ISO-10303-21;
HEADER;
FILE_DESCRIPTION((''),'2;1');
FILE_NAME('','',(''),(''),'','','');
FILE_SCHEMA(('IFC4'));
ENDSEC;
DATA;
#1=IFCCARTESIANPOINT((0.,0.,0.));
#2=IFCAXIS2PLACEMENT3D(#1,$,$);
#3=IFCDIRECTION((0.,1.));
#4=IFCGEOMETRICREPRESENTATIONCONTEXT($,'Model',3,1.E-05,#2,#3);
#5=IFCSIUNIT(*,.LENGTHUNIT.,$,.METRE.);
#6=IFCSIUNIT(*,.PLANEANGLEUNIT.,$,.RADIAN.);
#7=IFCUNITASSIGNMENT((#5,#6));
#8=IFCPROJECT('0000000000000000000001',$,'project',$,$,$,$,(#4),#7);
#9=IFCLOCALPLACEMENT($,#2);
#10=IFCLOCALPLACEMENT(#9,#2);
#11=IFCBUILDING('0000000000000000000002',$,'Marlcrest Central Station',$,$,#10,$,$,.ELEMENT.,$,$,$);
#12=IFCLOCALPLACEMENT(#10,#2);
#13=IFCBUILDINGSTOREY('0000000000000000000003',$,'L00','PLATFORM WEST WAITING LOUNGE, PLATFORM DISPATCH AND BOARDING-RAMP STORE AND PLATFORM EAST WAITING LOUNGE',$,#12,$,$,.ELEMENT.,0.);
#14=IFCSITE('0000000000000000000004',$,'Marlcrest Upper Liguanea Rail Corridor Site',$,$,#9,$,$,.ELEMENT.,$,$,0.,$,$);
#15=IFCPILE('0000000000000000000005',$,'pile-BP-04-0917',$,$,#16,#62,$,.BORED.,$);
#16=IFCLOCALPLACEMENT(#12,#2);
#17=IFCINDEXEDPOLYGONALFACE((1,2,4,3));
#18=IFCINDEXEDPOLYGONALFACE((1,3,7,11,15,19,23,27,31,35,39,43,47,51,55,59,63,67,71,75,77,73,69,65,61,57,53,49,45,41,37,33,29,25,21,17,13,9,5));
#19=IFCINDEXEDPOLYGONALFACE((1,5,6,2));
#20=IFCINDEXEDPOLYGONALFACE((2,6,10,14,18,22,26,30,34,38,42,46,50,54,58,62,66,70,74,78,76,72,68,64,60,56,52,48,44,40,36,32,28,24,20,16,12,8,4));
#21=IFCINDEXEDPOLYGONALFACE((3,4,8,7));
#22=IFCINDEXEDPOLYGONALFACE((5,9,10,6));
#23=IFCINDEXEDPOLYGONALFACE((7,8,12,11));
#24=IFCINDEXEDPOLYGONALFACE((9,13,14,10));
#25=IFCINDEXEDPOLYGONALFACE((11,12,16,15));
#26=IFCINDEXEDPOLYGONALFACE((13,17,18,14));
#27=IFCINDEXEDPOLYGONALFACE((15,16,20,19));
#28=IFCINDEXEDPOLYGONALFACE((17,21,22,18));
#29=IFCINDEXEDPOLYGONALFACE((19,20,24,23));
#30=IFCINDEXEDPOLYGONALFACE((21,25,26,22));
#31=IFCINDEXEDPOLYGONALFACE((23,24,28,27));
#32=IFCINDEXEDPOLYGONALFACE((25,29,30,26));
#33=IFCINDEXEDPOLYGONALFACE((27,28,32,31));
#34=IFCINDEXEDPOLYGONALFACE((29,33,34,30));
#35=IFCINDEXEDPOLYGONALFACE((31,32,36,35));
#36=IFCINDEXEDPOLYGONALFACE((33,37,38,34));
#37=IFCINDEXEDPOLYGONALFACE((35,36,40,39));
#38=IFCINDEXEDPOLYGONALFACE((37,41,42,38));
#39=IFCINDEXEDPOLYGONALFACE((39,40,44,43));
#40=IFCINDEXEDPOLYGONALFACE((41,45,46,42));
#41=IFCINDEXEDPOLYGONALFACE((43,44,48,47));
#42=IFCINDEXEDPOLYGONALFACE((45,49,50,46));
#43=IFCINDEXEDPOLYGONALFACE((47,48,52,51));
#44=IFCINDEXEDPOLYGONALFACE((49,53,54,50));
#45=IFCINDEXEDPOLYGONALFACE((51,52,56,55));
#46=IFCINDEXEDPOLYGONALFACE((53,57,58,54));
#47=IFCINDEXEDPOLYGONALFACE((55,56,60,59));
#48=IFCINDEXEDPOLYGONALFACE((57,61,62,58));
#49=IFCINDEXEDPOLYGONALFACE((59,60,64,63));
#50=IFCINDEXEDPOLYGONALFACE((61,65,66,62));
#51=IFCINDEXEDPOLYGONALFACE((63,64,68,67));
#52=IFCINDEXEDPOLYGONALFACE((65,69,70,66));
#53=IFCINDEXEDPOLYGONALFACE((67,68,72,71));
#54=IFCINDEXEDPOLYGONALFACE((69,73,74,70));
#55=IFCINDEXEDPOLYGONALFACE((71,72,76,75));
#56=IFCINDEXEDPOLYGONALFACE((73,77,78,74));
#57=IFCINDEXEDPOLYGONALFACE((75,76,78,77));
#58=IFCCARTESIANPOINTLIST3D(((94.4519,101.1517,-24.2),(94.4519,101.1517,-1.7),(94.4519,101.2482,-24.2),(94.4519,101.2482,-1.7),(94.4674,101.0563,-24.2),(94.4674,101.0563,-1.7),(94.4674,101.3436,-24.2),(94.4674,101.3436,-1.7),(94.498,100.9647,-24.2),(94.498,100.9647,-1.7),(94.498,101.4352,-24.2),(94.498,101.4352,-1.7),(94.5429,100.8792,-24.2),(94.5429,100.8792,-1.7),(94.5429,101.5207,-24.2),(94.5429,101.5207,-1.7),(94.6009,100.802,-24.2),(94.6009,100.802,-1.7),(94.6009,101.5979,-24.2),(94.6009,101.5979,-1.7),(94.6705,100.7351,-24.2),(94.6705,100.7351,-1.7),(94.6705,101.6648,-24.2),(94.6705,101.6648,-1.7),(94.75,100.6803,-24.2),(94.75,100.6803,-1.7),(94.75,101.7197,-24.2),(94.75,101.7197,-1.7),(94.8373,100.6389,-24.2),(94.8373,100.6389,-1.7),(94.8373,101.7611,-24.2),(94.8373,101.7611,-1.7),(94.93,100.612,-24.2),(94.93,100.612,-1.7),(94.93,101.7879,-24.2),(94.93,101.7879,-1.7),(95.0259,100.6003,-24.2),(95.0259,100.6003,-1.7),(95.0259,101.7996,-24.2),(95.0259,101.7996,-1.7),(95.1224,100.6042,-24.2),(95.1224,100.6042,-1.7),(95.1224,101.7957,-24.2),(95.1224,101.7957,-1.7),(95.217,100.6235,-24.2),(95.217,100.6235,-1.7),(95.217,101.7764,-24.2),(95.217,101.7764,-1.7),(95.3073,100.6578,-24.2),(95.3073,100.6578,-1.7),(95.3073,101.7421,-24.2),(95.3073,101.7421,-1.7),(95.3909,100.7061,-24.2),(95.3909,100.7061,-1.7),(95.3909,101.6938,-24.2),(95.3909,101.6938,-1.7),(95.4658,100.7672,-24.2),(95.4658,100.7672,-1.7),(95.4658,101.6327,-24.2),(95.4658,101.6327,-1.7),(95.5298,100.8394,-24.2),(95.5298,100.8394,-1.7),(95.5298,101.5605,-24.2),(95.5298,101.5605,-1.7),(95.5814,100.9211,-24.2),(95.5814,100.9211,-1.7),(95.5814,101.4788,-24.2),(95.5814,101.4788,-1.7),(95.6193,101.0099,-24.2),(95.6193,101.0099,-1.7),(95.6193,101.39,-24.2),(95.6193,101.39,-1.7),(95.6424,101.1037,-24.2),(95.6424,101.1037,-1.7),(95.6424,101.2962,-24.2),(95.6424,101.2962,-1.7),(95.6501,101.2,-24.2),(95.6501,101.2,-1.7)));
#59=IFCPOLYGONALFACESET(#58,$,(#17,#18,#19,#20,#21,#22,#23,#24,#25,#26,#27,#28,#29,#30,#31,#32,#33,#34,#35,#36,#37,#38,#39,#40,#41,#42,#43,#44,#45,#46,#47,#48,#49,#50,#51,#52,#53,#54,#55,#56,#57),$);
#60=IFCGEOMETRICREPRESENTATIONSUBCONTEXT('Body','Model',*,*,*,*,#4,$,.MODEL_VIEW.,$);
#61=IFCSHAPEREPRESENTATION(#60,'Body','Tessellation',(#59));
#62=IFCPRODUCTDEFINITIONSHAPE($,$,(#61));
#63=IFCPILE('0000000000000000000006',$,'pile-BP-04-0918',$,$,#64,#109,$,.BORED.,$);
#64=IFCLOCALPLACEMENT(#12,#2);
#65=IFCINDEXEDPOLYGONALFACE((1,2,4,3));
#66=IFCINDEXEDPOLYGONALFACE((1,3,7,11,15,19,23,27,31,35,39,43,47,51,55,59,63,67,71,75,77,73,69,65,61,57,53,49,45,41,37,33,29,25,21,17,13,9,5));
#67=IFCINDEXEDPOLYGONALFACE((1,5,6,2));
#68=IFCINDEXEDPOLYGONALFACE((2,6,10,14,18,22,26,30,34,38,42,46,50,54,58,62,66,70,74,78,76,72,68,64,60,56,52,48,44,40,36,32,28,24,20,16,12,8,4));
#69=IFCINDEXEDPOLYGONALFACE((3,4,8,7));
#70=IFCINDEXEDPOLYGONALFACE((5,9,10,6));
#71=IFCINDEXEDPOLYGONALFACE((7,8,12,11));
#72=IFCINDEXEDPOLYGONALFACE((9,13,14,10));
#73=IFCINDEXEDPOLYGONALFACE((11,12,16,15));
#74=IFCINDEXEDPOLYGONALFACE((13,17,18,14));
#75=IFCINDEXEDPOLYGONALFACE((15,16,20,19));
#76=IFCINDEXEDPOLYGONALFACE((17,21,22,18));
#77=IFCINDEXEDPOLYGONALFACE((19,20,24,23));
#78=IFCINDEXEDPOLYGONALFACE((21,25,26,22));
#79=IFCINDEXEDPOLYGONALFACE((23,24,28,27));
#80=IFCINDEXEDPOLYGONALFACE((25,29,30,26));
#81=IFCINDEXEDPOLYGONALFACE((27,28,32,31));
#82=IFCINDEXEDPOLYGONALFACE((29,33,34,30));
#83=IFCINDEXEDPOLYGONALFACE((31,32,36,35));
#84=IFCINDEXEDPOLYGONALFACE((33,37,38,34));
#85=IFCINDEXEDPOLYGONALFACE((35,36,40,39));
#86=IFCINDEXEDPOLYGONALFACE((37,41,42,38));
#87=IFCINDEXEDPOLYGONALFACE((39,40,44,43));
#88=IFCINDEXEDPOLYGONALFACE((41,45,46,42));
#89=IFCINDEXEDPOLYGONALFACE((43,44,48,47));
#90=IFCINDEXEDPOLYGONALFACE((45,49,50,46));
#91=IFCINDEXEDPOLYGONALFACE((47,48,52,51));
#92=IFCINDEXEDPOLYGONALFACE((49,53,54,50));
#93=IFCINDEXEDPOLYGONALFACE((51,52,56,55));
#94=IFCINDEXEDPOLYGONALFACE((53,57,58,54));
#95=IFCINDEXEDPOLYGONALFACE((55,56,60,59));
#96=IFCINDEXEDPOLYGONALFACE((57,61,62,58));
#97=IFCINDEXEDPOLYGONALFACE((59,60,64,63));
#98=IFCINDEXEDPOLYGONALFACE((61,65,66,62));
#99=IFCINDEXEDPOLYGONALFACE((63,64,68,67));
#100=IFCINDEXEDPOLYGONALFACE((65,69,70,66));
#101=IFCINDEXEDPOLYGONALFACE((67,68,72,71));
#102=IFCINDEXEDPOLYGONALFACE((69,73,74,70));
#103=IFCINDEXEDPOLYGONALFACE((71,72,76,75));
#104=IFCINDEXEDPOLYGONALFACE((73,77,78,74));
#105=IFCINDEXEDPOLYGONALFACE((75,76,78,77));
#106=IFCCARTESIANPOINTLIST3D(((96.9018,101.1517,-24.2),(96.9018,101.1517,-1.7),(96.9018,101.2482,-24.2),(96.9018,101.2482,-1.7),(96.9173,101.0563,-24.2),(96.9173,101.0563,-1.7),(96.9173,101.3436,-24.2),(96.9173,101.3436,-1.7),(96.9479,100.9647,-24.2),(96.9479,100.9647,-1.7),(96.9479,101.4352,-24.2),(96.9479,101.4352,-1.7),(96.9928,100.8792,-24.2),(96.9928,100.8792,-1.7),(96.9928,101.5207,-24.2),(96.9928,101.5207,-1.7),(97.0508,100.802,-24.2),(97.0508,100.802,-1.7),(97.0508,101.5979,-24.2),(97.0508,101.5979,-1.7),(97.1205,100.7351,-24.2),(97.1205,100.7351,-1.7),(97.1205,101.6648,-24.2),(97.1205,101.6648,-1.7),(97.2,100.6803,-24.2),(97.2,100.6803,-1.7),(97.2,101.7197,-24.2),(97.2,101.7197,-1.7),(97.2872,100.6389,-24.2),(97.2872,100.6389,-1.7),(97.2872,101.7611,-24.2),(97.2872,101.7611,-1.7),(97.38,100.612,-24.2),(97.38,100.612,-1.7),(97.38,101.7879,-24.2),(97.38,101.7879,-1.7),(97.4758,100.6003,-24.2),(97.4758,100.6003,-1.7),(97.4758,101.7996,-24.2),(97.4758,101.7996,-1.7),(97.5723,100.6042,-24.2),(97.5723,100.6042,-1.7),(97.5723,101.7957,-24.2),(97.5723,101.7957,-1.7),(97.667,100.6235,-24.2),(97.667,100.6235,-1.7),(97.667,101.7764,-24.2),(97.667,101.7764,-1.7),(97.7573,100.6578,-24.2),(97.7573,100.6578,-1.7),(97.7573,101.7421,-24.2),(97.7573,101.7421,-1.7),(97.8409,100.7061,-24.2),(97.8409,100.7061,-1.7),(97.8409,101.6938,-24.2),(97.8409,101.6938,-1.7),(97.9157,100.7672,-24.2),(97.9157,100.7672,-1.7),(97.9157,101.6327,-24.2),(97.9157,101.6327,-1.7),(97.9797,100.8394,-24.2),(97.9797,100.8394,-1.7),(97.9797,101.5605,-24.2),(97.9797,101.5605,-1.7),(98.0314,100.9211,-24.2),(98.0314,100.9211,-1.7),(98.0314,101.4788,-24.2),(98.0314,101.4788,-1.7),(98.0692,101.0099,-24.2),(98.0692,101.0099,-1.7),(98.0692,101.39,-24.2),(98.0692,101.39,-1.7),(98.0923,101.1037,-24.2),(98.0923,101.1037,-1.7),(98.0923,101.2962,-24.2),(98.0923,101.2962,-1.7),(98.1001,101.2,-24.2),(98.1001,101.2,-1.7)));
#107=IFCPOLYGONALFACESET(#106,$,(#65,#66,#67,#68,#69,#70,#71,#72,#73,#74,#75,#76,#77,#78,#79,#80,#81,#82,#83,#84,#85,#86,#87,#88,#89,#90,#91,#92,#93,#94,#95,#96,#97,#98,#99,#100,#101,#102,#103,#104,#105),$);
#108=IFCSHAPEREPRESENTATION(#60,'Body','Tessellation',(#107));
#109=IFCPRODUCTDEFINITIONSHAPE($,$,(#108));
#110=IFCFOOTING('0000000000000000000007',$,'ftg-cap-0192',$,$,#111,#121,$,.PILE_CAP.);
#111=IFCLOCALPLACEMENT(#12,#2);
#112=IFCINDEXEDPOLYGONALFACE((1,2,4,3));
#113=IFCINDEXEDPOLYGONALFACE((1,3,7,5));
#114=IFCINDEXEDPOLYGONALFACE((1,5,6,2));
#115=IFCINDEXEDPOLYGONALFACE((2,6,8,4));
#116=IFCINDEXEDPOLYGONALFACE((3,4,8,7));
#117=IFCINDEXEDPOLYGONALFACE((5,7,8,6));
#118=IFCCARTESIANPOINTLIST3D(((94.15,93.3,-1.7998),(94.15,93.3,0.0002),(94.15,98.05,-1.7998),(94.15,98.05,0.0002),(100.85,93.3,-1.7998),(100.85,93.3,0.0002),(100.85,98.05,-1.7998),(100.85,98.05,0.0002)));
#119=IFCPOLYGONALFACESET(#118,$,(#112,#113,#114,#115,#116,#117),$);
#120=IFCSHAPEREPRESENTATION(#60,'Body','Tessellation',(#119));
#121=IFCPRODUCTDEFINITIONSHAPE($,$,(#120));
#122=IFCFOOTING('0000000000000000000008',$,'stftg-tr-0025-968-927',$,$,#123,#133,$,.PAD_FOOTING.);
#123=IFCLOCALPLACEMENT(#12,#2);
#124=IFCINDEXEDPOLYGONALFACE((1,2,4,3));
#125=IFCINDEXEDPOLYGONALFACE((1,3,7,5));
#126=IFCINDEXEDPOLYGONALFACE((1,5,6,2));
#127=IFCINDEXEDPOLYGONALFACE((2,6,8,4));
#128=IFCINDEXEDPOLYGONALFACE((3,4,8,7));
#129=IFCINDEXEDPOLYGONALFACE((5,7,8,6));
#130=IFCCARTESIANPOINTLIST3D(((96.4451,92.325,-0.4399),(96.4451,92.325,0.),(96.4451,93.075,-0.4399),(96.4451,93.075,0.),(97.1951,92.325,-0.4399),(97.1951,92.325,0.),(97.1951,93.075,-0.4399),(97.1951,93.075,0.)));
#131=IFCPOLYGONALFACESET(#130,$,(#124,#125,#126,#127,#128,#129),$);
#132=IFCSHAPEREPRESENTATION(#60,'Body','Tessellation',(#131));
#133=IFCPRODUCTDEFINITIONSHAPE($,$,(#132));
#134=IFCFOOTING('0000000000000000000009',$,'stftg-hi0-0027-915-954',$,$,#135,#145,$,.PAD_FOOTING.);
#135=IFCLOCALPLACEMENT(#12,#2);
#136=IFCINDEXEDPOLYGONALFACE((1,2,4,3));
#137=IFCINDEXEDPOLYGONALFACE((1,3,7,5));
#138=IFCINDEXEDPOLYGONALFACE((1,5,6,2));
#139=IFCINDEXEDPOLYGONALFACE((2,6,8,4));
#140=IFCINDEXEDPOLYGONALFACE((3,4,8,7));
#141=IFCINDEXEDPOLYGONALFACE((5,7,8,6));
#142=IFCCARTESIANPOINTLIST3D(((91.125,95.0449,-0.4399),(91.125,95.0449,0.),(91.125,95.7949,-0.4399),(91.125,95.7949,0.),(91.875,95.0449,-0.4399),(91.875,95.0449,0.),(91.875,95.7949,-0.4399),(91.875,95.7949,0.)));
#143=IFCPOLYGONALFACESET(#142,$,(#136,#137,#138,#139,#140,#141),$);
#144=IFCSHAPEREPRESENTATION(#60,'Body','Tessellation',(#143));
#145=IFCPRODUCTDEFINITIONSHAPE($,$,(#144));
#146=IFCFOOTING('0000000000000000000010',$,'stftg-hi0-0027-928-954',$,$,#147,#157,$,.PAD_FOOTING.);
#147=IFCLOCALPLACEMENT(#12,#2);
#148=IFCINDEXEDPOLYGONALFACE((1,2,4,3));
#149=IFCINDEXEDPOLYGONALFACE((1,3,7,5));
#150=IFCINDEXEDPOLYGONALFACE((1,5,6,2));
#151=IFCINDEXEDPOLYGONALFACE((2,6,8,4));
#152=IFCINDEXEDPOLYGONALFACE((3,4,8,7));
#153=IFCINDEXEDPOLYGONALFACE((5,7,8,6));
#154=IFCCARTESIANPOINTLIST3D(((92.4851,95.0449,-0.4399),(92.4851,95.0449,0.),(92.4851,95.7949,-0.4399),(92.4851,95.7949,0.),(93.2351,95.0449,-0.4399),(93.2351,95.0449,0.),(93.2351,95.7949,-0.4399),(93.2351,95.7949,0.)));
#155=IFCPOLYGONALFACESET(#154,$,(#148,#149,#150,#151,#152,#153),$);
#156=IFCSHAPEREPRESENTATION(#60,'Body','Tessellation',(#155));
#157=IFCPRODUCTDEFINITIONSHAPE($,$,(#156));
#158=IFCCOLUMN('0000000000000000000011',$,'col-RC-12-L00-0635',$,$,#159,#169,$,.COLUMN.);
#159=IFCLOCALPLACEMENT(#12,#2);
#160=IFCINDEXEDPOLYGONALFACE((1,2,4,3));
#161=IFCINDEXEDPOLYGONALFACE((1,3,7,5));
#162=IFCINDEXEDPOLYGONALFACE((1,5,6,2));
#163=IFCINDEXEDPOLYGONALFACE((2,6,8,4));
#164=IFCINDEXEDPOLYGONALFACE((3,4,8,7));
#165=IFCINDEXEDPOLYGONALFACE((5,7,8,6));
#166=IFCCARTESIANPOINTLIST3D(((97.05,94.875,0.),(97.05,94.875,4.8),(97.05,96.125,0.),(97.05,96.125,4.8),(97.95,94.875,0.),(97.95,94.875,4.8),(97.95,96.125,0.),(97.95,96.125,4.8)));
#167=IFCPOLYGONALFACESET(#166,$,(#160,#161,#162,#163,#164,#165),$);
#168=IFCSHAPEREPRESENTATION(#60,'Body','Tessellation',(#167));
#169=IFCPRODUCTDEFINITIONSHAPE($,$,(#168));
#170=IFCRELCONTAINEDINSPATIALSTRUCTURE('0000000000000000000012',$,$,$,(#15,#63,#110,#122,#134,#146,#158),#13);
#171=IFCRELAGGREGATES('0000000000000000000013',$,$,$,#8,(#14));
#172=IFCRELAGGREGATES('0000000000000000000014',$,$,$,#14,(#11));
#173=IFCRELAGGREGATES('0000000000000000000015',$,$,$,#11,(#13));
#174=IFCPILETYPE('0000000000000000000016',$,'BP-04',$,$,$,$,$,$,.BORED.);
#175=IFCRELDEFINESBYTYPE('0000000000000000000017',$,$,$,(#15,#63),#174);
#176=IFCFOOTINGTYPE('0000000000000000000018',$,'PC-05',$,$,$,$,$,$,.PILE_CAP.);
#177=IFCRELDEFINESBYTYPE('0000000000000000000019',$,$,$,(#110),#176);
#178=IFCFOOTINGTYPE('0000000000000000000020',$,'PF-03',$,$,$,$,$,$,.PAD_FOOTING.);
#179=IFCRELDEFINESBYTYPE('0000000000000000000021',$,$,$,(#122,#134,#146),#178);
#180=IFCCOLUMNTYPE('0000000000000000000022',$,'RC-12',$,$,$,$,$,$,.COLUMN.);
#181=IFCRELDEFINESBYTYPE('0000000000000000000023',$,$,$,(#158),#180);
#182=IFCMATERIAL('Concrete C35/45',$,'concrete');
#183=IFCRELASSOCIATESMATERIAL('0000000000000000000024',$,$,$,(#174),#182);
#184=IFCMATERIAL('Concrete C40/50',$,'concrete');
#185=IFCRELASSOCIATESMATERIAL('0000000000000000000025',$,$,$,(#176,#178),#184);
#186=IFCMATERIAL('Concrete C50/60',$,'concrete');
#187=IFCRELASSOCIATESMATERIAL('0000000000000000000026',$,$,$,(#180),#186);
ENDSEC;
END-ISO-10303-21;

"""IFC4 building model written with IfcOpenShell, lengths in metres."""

from ifc_helpers import new_model, si_unit, direction, frame, origin, origin_2d, place, context, subcontext, project, spatial, rectangle, circle, extrude, material, material_profile, profile_set, type_object, element, save


model = new_model("IFC4")

# Units and contexts
model_context = context("Model", 3, precision=1e-05, world=origin(), true_north=direction((0.0, 1.0)))
body_context = subcontext(model_context, "Body", "Model", "MODEL_VIEW")
ifc_project = project(units=[si_unit("LENGTHUNIT", "METRE"), si_unit("PLANEANGLEUNIT", "RADIAN")], contexts=[model_context])

# Site, building, storey
site_placement = place(None, origin())
site = spatial("IfcSite", under=ifc_project, at=site_placement, Name="Marlcrest Upper Liguanea Rail Corridor Site", CompositionType="ELEMENT", RefElevation=0.0)
building_placement = place(site_placement, origin())
building = spatial("IfcBuilding", under=site, at=building_placement, Name="Marlcrest Central Station", CompositionType="ELEMENT")
storey_placement = place(building_placement, origin())
storey = spatial("IfcBuildingStorey", under=building, at=storey_placement, Name="L00", Description="PLATFORM WEST WAITING LOUNGE, PLATFORM DISPATCH AND BOARDING-RAMP STORE AND PLATFORM EAST WAITING LOUNGE", CompositionType="ELEMENT", Elevation=0.0)

# Piles
ifc_material_1 = material(Name="Concrete C35/45", Category="concrete")
ifc_material_profile_1 = material_profile(ifc_material_1, circle(Radius=0.6001, at=origin_2d()), Name="PILE D1200")
ifc_profile_set_1 = profile_set([ifc_material_profile_1], Name="Concrete C35/45")
pile_type = type_object("IfcPileType", Name="BP-04", PredefinedType="BORED", material=ifc_profile_set_1)
for number, where, z_axis, x_axis, name in (
    (1, (95.05, 101.2, -1.7), (0.0, 0.0, -1.0), (1.0, 0.0, 0.0), "pile-BP-04-0917"),
    (2, (97.5, 101.2, -1.7), (0.0, 0.0, -1.0), (1.0, 0.0, 0.0), "pile-BP-04-0918"),
):
    element("IfcPile", number, at=place(storey_placement, frame(where, z_axis=z_axis, x_axis=x_axis)), inside=storey, type_object=pile_type, Name=name, PredefinedType="BORED", context=body_context, shape_type="SweptSolid", body=[
        extrude(circle(Radius=0.6001, at=origin_2d()), origin(), (0.0, 0.0, 1.0), 22.5),
    ])

# Footings
ifc_material_2 = material(Name="Concrete C40/50", Category="concrete")
footing_type_1 = type_object("IfcFootingType", Name="PC-05", PredefinedType="PILE_CAP", material=ifc_material_2)
footing_placement = place(storey_placement, frame((97.5, 95.675, -1.7998), z_axis=(0.0, 0.0, 1.0), x_axis=(1.0, 0.0, 0.0)))
element("IfcFooting", 3, at=footing_placement, inside=storey, type_object=footing_type_1, Name="ftg-cap-0192", PredefinedType="PILE_CAP", context=body_context, shape_type="SweptSolid", body=[
    extrude(rectangle(XDim=6.7, YDim=4.75, at=origin_2d()), origin(), (0.0, 0.0, 1.0), 1.8),
])
footing_type_2 = type_object("IfcFootingType", Name="PF-03", PredefinedType="PAD_FOOTING", material=ifc_material_2)
for number, where, z_axis, x_axis, name in (
    (4, (96.8201, 92.7, -0.4399), (0.0, 0.0, 1.0), (1.0, 0.0, 0.0), "stftg-tr-0025-968-927"),
    (5, (91.5, 95.4199, -0.4399), (0.0, 0.0, 1.0), (1.0, 0.0, 0.0), "stftg-hi0-0027-915-954"),
    (6, (92.8601, 95.4199, -0.4399), (0.0, 0.0, 1.0), (1.0, 0.0, 0.0), "stftg-hi0-0027-928-954"),
):
    element("IfcFooting", number, at=place(storey_placement, frame(where, z_axis=z_axis, x_axis=x_axis)), inside=storey, type_object=footing_type_2, Name=name, PredefinedType="PAD_FOOTING", context=body_context, shape_type="SweptSolid", body=[
        extrude(rectangle(XDim=0.75, YDim=0.75, at=origin_2d()), origin(), (0.0, 0.0, 1.0), 0.4399),
    ])

# Column
ifc_material_3 = material(Name="Concrete C50/60", Category="concrete")
ifc_material_profile_2 = material_profile(ifc_material_3, rectangle(XDim=0.8999, YDim=1.25, at=origin_2d()), Name="RC 900x1250")
ifc_profile_set_2 = profile_set([ifc_material_profile_2], Name="Concrete C50/60")
column_type_1 = type_object("IfcColumnType", Name="RC-12", PredefinedType="COLUMN", material=ifc_profile_set_2)
column_1_placement = place(storey_placement, frame((97.5, 95.5, 0.0), z_axis=(0.0, 0.0, 1.0), x_axis=(1.0, 0.0, 0.0)))
element("IfcColumn", 7, at=column_1_placement, inside=storey, type_object=column_type_1, Name="col-RC-12-L00-0635", PredefinedType="COLUMN", context=body_context, shape_type="SweptSolid", body=[
    extrude(rectangle(XDim=0.8999, YDim=1.25, at=origin_2d()), origin(), (0.0, 0.0, 1.0), 4.8),
])

save(model, "model.ifc")
